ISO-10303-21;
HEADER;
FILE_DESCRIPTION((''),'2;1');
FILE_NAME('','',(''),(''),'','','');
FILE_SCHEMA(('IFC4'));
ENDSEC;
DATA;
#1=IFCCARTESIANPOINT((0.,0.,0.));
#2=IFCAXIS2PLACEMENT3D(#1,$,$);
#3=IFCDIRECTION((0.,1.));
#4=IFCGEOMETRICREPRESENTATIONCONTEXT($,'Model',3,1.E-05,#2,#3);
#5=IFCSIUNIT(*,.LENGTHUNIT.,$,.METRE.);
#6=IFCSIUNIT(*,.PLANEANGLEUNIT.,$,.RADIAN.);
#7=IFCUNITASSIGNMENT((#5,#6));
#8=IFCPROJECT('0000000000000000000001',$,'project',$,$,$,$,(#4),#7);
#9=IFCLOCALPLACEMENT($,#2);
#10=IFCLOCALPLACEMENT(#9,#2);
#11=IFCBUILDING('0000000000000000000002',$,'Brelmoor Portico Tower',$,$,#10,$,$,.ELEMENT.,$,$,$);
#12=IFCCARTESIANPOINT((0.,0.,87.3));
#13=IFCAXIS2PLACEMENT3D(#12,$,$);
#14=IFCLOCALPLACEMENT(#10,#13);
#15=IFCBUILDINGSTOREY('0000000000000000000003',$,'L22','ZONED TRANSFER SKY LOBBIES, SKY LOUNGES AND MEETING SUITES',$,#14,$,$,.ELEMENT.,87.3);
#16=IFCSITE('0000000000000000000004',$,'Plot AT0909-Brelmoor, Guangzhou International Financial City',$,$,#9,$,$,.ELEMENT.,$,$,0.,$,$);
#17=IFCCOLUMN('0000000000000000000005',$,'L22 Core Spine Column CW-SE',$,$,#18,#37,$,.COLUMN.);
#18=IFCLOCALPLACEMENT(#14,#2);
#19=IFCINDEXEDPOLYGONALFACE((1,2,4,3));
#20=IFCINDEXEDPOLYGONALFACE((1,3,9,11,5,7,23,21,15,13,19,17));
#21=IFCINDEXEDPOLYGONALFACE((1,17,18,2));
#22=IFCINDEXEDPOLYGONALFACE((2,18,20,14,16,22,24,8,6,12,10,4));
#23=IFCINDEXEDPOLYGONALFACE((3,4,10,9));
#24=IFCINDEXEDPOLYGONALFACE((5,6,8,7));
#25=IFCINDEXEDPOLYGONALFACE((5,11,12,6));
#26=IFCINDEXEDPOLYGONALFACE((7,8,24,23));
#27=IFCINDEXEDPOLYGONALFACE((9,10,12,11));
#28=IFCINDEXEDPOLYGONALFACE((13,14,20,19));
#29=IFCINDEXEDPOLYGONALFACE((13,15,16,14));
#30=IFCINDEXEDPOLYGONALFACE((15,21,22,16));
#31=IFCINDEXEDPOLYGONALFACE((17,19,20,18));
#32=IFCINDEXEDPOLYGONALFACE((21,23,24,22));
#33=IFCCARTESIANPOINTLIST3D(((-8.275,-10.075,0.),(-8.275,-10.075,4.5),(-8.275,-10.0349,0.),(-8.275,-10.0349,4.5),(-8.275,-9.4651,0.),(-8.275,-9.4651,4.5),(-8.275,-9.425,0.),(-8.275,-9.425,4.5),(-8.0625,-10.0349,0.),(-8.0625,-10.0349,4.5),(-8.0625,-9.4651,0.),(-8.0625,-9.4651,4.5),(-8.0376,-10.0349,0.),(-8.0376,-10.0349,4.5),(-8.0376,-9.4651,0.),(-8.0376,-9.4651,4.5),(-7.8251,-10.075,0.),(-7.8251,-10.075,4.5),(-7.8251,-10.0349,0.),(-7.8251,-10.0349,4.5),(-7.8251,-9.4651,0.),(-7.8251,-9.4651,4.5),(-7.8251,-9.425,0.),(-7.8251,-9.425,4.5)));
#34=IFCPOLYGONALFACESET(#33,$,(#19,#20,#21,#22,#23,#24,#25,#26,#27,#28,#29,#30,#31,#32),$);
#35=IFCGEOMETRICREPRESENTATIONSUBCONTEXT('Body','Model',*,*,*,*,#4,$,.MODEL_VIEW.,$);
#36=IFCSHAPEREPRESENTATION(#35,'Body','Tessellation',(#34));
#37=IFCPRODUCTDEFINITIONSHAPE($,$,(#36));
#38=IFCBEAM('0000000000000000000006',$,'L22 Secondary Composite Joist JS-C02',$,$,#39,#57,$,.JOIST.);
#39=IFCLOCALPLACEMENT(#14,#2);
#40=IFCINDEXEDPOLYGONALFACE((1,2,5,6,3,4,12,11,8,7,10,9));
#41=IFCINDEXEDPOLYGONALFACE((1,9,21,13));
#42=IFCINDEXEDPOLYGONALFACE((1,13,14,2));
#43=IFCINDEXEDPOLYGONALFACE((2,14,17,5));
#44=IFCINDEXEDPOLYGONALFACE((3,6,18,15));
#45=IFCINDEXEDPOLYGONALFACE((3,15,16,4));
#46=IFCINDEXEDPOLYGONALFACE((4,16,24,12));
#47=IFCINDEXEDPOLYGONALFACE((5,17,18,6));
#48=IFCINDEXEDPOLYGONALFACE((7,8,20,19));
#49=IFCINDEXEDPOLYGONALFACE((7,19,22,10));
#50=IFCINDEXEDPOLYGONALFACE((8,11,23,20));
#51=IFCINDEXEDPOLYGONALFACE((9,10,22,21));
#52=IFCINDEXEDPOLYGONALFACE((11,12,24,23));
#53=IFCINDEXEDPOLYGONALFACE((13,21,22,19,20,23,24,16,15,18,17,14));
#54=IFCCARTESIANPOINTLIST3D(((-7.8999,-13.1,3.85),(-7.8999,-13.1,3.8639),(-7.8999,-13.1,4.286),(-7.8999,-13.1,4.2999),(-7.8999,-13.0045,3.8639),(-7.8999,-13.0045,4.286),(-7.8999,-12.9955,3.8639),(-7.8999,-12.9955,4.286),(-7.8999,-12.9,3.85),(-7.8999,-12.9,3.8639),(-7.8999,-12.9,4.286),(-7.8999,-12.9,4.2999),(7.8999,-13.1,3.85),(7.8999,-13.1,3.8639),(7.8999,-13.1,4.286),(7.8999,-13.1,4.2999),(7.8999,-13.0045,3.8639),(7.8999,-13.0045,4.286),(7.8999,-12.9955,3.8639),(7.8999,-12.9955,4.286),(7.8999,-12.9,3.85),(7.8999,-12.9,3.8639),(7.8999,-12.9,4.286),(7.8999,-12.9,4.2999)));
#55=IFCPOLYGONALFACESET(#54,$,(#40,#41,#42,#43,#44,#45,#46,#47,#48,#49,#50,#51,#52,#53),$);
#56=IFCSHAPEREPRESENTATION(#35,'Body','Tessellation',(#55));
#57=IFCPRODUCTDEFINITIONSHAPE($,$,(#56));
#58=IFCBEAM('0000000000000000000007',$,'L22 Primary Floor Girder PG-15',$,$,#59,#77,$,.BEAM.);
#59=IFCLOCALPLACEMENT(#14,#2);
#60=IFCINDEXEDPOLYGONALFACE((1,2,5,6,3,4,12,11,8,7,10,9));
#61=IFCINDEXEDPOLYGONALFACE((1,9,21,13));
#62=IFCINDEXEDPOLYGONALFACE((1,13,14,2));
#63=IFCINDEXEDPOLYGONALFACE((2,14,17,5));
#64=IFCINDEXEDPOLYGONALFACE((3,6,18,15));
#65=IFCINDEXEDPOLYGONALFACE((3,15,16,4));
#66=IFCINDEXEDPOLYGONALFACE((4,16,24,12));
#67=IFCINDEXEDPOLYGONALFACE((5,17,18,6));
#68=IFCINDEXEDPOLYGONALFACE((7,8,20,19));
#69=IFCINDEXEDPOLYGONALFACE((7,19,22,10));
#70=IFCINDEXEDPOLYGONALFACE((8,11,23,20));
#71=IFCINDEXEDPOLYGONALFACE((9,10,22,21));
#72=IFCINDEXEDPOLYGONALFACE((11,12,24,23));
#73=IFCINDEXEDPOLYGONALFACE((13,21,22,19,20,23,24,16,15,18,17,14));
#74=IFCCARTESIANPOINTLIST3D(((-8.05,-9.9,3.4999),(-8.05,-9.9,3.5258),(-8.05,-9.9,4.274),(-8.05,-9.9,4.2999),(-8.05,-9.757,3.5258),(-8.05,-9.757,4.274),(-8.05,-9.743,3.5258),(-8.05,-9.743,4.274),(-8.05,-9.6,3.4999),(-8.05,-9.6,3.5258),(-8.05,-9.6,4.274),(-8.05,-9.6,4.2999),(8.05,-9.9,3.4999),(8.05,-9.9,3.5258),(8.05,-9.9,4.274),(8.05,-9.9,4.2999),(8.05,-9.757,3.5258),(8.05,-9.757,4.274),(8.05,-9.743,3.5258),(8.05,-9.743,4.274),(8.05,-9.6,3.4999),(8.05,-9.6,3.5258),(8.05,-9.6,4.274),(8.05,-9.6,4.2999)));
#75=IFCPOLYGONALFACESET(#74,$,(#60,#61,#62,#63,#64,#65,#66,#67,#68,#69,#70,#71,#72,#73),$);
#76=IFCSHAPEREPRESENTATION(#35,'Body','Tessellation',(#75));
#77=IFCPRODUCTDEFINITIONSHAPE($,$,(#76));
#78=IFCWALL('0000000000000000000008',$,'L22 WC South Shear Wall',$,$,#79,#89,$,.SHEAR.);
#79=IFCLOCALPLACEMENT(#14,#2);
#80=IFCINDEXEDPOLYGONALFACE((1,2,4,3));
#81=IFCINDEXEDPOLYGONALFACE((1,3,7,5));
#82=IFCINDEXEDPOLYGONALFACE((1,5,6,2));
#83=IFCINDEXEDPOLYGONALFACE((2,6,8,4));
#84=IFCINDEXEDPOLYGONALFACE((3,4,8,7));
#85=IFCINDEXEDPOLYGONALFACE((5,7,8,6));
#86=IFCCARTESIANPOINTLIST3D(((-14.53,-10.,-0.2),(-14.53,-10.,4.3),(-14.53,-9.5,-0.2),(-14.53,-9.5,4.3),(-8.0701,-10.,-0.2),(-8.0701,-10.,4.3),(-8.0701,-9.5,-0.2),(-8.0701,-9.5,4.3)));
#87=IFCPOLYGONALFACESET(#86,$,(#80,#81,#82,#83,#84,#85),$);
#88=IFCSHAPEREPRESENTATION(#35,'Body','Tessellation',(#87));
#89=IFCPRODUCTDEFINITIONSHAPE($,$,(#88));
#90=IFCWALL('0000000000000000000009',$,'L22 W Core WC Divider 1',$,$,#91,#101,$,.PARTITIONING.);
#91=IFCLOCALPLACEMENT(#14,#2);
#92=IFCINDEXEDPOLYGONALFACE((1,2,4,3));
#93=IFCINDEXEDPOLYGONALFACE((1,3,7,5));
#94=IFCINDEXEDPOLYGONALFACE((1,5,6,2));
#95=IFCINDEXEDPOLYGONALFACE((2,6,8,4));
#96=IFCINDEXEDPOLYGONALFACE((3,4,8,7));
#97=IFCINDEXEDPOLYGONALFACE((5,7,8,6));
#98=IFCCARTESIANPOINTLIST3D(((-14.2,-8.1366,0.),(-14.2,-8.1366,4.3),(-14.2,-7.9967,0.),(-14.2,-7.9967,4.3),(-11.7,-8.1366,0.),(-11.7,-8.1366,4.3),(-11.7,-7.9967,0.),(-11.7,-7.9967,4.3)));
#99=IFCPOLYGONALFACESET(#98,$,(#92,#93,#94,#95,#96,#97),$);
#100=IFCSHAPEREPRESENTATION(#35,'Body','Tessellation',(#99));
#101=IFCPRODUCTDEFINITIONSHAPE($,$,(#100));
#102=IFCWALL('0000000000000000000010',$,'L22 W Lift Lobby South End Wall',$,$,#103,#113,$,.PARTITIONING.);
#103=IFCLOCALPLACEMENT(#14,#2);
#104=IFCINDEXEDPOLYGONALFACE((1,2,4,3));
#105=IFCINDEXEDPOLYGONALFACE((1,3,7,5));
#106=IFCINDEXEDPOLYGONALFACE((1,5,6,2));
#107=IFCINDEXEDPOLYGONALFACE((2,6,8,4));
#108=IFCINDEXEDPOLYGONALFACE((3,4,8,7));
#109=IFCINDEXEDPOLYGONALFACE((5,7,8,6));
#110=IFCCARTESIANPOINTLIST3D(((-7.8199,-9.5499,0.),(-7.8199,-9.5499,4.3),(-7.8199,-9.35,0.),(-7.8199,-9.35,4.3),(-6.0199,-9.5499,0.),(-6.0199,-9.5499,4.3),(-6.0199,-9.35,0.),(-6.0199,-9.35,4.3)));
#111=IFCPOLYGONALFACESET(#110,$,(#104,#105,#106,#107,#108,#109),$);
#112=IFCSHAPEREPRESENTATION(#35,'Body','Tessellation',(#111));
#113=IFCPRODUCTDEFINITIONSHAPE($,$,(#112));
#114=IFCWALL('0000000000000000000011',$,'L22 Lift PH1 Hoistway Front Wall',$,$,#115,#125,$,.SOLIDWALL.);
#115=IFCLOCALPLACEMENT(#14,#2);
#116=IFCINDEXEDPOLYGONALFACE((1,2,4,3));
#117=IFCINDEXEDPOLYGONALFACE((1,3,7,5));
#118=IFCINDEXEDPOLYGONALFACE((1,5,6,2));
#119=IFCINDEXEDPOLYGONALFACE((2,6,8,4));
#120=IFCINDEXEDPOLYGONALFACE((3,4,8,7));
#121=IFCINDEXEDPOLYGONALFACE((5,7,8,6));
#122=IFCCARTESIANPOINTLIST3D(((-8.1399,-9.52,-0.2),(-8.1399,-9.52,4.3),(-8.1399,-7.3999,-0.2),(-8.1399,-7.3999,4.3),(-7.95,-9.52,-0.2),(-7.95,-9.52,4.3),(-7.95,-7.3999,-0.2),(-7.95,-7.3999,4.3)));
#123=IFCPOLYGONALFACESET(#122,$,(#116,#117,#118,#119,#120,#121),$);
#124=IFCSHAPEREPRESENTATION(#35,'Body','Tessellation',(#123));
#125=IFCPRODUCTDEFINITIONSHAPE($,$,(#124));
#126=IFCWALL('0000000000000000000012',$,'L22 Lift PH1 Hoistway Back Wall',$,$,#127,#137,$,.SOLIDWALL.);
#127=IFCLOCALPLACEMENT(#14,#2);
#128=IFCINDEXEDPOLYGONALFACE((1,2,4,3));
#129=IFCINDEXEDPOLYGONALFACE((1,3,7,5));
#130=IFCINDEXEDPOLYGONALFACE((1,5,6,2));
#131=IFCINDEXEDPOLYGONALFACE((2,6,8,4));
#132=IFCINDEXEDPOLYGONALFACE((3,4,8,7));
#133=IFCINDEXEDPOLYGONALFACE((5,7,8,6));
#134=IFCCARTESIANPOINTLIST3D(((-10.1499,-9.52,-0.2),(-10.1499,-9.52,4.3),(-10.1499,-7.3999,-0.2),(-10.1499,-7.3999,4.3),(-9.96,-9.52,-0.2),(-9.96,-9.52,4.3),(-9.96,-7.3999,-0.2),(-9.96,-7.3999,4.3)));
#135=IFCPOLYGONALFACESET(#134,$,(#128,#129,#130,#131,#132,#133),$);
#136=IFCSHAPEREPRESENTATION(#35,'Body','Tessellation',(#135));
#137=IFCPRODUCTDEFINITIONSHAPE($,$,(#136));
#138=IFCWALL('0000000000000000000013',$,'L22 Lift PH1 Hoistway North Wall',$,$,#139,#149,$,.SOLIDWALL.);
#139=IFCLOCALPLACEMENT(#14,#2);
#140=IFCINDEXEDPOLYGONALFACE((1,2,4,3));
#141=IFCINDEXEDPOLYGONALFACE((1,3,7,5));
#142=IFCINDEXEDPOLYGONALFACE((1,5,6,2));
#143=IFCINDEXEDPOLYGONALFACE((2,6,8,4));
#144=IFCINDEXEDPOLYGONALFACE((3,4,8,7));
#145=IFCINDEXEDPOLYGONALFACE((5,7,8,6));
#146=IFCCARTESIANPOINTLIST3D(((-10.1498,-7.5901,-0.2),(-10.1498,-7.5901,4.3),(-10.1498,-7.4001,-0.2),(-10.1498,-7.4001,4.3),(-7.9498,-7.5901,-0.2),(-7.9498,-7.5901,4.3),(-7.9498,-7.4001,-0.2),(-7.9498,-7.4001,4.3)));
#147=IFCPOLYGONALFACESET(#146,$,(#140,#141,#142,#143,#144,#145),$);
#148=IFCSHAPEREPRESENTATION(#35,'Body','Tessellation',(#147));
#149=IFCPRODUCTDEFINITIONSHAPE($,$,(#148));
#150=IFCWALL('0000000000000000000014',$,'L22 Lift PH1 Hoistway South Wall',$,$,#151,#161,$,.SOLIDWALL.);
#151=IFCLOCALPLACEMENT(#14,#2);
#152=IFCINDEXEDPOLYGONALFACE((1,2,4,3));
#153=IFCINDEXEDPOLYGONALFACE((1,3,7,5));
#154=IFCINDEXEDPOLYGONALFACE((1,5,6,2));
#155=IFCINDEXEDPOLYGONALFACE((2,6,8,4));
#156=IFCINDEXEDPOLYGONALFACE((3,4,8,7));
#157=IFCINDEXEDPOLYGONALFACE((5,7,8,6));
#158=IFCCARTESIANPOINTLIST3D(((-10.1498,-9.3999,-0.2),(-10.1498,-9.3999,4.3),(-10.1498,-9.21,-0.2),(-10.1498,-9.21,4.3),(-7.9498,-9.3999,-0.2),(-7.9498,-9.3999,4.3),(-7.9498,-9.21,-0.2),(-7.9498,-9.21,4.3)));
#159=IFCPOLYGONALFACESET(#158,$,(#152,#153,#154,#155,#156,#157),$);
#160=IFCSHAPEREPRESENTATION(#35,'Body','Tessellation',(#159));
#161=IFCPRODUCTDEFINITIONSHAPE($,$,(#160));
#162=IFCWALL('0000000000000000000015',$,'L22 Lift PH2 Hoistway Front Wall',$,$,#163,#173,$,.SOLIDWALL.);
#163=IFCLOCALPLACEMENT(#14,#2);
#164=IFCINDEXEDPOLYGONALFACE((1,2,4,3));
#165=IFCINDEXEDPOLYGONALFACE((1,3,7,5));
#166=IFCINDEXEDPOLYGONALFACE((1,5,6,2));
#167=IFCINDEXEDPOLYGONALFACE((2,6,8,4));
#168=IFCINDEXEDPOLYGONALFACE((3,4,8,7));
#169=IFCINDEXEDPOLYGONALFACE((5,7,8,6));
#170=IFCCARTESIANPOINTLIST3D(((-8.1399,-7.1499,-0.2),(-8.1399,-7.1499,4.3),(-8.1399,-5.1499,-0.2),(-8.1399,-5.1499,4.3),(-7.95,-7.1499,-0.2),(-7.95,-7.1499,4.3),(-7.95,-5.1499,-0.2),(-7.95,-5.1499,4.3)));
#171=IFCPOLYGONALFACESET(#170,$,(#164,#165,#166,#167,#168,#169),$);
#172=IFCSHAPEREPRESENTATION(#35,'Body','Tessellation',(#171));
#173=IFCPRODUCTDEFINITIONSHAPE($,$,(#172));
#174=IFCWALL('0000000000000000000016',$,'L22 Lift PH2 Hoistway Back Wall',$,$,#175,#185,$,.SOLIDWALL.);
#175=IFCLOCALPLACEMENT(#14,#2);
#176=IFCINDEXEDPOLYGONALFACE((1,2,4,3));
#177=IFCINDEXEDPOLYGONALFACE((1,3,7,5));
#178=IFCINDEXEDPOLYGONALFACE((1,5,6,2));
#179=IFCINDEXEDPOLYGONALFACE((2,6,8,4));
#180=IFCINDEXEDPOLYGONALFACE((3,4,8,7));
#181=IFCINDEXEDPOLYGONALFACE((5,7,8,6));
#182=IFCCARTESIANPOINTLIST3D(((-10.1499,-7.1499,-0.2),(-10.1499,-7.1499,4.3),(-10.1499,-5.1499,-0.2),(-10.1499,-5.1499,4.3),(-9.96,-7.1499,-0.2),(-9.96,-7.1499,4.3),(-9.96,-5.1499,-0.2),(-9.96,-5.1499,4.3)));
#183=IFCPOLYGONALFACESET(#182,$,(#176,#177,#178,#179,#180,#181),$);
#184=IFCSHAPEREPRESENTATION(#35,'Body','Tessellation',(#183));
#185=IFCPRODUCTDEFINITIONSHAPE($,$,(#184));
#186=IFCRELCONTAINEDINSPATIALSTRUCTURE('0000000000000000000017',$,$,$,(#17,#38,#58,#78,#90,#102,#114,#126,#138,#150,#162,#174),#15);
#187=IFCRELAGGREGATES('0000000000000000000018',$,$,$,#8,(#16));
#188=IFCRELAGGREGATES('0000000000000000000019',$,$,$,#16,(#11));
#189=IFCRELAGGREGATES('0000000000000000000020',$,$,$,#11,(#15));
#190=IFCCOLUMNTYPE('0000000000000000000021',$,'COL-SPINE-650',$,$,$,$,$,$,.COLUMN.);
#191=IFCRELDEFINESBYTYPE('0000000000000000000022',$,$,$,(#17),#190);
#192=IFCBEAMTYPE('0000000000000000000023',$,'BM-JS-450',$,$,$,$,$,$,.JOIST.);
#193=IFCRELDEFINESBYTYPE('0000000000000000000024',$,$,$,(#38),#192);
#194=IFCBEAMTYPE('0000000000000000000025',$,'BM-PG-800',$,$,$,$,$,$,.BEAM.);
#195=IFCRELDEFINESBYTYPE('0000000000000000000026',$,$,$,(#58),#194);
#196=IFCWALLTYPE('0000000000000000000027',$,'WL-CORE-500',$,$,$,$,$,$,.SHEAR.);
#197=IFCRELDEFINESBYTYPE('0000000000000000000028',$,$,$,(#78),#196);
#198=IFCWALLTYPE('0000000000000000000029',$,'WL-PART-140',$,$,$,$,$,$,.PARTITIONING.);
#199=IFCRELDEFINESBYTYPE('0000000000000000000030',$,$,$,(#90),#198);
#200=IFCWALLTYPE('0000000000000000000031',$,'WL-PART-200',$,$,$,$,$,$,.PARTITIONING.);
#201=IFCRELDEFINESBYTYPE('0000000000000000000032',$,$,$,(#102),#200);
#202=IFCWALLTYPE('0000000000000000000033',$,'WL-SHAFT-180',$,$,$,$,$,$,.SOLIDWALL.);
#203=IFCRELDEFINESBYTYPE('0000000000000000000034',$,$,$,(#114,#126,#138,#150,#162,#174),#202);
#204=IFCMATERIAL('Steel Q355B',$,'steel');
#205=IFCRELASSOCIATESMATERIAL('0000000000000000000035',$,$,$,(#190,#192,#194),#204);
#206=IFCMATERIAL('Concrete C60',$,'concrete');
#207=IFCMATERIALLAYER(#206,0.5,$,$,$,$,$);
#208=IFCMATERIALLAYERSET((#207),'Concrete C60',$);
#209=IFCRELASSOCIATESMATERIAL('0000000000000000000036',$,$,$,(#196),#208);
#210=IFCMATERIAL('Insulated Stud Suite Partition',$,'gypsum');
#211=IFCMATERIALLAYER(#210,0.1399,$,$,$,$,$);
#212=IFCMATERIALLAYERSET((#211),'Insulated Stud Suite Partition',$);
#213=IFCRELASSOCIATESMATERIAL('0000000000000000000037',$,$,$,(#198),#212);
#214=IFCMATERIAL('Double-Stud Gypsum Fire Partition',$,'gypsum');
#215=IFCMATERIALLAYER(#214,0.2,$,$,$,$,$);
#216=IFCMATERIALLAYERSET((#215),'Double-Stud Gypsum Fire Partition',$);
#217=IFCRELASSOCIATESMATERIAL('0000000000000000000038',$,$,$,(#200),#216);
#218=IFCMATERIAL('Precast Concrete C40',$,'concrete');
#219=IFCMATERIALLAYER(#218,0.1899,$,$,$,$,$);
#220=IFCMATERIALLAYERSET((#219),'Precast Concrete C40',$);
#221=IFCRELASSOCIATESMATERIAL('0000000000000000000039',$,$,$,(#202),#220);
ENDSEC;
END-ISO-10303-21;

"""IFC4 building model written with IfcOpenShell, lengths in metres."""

from ifc_helpers import new_model, si_unit, direction, frame, frame_2d, origin, origin_2d, place, context, subcontext, project, spatial, rectangle, i_section, extrude, material, layer, layer_set, material_profile, profile_set, type_object, element, save


model = new_model("IFC4")

# Units and contexts
model_context = context("Model", 3, precision=1e-05, world=origin(), true_north=direction((0.0, 1.0)))
body_context = subcontext(model_context, "Body", "Model", "MODEL_VIEW")
ifc_project = project(units=[si_unit("LENGTHUNIT", "METRE"), si_unit("PLANEANGLEUNIT", "RADIAN")], contexts=[model_context])

# Site, building, storey
site_placement = place(None, origin())
site = spatial("IfcSite", under=ifc_project, at=site_placement, Name="Plot AT0909-Brelmoor, Guangzhou International Financial City", CompositionType="ELEMENT", RefElevation=0.0)
building_placement = place(site_placement, origin())
building = spatial("IfcBuilding", under=site, at=building_placement, Name="Brelmoor Portico Tower", CompositionType="ELEMENT")
storey_placement = place(building_placement, frame((0.0, 0.0, 87.3)))
storey = spatial("IfcBuildingStorey", under=building, at=storey_placement, Name="L22", Description="ZONED TRANSFER SKY LOBBIES, SKY LOUNGES AND MEETING SUITES", CompositionType="ELEMENT", Elevation=87.3)

# Column
ifc_material_1 = material(Name="Steel Q355B", Category="steel")
ifc_material_profile_1 = material_profile(ifc_material_1, i_section(OverallWidth=0.45, OverallDepth=0.6499, WebThickness=0.0249, FlangeThickness=0.04, at=origin_2d()), Name="HW 650x450x25x40")
ifc_profile_set_1 = profile_set([ifc_material_profile_1], Name="Steel Q355B")
column_type = type_object("IfcColumnType", Name="COL-SPINE-650", PredefinedType="COLUMN", material=ifc_profile_set_1)
column_placement = place(storey_placement, frame((-8.05, -9.75, 0.0), z_axis=(0.0, 0.0, 1.0), x_axis=(1.0, 0.0, 0.0)))
element("IfcColumn", 1, at=column_placement, inside=storey, type_object=column_type, Name="L22 Core Spine Column CW-SE", PredefinedType="COLUMN", context=body_context, shape_type="SweptSolid", body=[
    extrude(i_section(OverallWidth=0.45, OverallDepth=0.6499, WebThickness=0.0249, FlangeThickness=0.04, at=origin_2d()), origin(), (0.0, 0.0, 1.0), 4.5),
])

# Beams
ifc_material_profile_2 = material_profile(ifc_material_1, i_section(OverallWidth=0.2, OverallDepth=0.45, WebThickness=0.009, FlangeThickness=0.0139, at=origin_2d()), Name="HN 450x200x9x14")
ifc_profile_set_2 = profile_set([ifc_material_profile_2], Name="Steel Q355B")
beam_type_1 = type_object("IfcBeamType", Name="BM-JS-450", PredefinedType="JOIST", material=ifc_profile_set_2)
beam_1_placement = place(storey_placement, frame((-7.8999, -13.0, 4.075), z_axis=(1.0, 0.0, 0.0), x_axis=(0.0, 1.0, 0.0)))
element("IfcBeam", 2, at=beam_1_placement, inside=storey, type_object=beam_type_1, Name="L22 Secondary Composite Joist JS-C02", PredefinedType="JOIST", context=body_context, shape_type="SweptSolid", body=[
    extrude(i_section(OverallWidth=0.2, OverallDepth=0.45, WebThickness=0.009, FlangeThickness=0.0139, at=origin_2d()), origin(), (0.0, 0.0, 1.0), 15.7998),
])
ifc_material_profile_3 = material_profile(ifc_material_1, i_section(OverallWidth=0.3, OverallDepth=0.8, WebThickness=0.0139, FlangeThickness=0.0259, at=origin_2d()), Name="HN 800x300x14x26")
ifc_profile_set_3 = profile_set([ifc_material_profile_3], Name="Steel Q355B")
beam_type_2 = type_object("IfcBeamType", Name="BM-PG-800", PredefinedType="BEAM", material=ifc_profile_set_3)
beam_2_placement = place(storey_placement, frame((-8.05, -9.75, 3.8999), z_axis=(1.0, 0.0, 0.0), x_axis=(0.0, 1.0, 0.0)))
element("IfcBeam", 3, at=beam_2_placement, inside=storey, type_object=beam_type_2, Name="L22 Primary Floor Girder PG-15", PredefinedType="BEAM", context=body_context, shape_type="SweptSolid", body=[
    extrude(i_section(OverallWidth=0.3, OverallDepth=0.8, WebThickness=0.0139, FlangeThickness=0.0259, at=origin_2d()), origin(), (0.0, 0.0, 1.0), 16.1001),
])

# Walls
ifc_material_2 = material(Name="Concrete C60", Category="concrete")
ifc_layer_1 = layer(ifc_material_2, 0.5)
ifc_layer_set_1 = layer_set([ifc_layer_1], Name="Concrete C60")
wall_type_1 = type_object("IfcWallType", Name="WL-CORE-500", PredefinedType="SHEAR", material=ifc_layer_set_1)
wall_1_placement = place(storey_placement, frame((-14.53, -9.75, -0.2), z_axis=(0.0, 0.0, 1.0), x_axis=(1.0, 0.0, 0.0)))
element("IfcWall", 4, at=wall_1_placement, inside=storey, type_object=wall_type_1, Name="L22 WC South Shear Wall", PredefinedType="SHEAR", context=body_context, shape_type="SweptSolid", body=[
    extrude(rectangle(XDim=6.46, YDim=0.5, at=frame_2d((3.23, 0.0))), origin(), (0.0, 0.0, 1.0), 4.5),
])
ifc_material_3 = material(Name="Insulated Stud Suite Partition", Category="gypsum")
ifc_layer_2 = layer(ifc_material_3, 0.1399)
ifc_layer_set_2 = layer_set([ifc_layer_2], Name="Insulated Stud Suite Partition")
wall_type_2 = type_object("IfcWallType", Name="WL-PART-140", PredefinedType="PARTITIONING", material=ifc_layer_set_2)
wall_2_placement = place(storey_placement, frame((-11.7, -8.0667, 0.0), z_axis=(0.0, 0.0, 1.0), x_axis=(-1.0, 0.0, 0.0)))
element("IfcWall", 5, at=wall_2_placement, inside=storey, type_object=wall_type_2, Name="L22 W Core WC Divider 1", PredefinedType="PARTITIONING", context=body_context, shape_type="SweptSolid", body=[
    extrude(rectangle(XDim=2.5, YDim=0.1399, at=frame_2d((1.25, 0.0))), origin(), (0.0, 0.0, 1.0), 4.3),
])

# Walls
ifc_material_4 = material(Name="Double-Stud Gypsum Fire Partition", Category="gypsum")
ifc_layer_3 = layer(ifc_material_4, 0.2)
ifc_layer_set_3 = layer_set([ifc_layer_3], Name="Double-Stud Gypsum Fire Partition")
wall_type_3 = type_object("IfcWallType", Name="WL-PART-200", PredefinedType="PARTITIONING", material=ifc_layer_set_3)
wall_3_placement = place(storey_placement, frame((-6.02, -9.45, 0.0), z_axis=(0.0, 0.0, 1.0), x_axis=(-1.0, 0.0, 0.0)))
element("IfcWall", 6, at=wall_3_placement, inside=storey, type_object=wall_type_3, Name="L22 W Lift Lobby South End Wall", PredefinedType="PARTITIONING", context=body_context, shape_type="SweptSolid", body=[
    extrude(rectangle(XDim=1.8, YDim=0.2, at=frame_2d((0.8999, 0.0))), origin(), (0.0, 0.0, 1.0), 4.3),
])
ifc_material_5 = material(Name="Precast Concrete C40", Category="concrete")
ifc_layer_4 = layer(ifc_material_5, 0.1899)
ifc_layer_set_4 = layer_set([ifc_layer_4], Name="Precast Concrete C40")
wall_type_4 = type_object("IfcWallType", Name="WL-SHAFT-180", PredefinedType="SOLIDWALL", material=ifc_layer_set_4)
for number, where, z_axis, x_axis, name in (
    (7, (-8.0449, -9.52, -0.2), (0.0, 0.0, 1.0), (0.0, 1.0, 0.0), "L22 Lift PH1 Hoistway Front Wall"),
    (8, (-10.0549, -9.52, -0.2), (0.0, 0.0, 1.0), (0.0, 1.0, 0.0), "L22 Lift PH1 Hoistway Back Wall"),
):
    element("IfcWall", number, at=place(storey_placement, frame(where, z_axis=z_axis, x_axis=x_axis)), inside=storey, type_object=wall_type_4, Name=name, PredefinedType="SOLIDWALL", context=body_context, shape_type="SweptSolid", body=[
        extrude(rectangle(XDim=2.1201, YDim=0.1899, at=frame_2d((1.0601, 0.0))), origin(), (0.0, 0.0, 1.0), 4.5),
    ])
for number, where, z_axis, x_axis, name in (
    (9, (-10.1499, -7.4951, -0.2), (0.0, 0.0, 1.0), (1.0, 0.0, 0.0), "L22 Lift PH1 Hoistway North Wall"),
    (10, (-10.1499, -9.3049, -0.2), (0.0, 0.0, 1.0), (1.0, 0.0, 0.0), "L22 Lift PH1 Hoistway South Wall"),
):
    element("IfcWall", number, at=place(storey_placement, frame(where, z_axis=z_axis, x_axis=x_axis)), inside=storey, type_object=wall_type_4, Name=name, PredefinedType="SOLIDWALL", context=body_context, shape_type="SweptSolid", body=[
        extrude(rectangle(XDim=2.2, YDim=0.1899, at=frame_2d((1.1001, 0.0))), origin(), (0.0, 0.0, 1.0), 4.5),
    ])
for number, where, z_axis, x_axis, name in (
    (11, (-8.0449, -7.1499, -0.2), (0.0, 0.0, 1.0), (0.0, 1.0, 0.0), "L22 Lift PH2 Hoistway Front Wall"),
    (12, (-10.0549, -7.1499, -0.2), (0.0, 0.0, 1.0), (0.0, 1.0, 0.0), "L22 Lift PH2 Hoistway Back Wall"),
):
    element("IfcWall", number, at=place(storey_placement, frame(where, z_axis=z_axis, x_axis=x_axis)), inside=storey, type_object=wall_type_4, Name=name, PredefinedType="SOLIDWALL", context=body_context, shape_type="SweptSolid", body=[
        extrude(rectangle(XDim=2.0, YDim=0.1899, at=frame_2d((1.0, 0.0))), origin(), (0.0, 0.0, 1.0), 4.5),
    ])

save(model, "model.ifc")
